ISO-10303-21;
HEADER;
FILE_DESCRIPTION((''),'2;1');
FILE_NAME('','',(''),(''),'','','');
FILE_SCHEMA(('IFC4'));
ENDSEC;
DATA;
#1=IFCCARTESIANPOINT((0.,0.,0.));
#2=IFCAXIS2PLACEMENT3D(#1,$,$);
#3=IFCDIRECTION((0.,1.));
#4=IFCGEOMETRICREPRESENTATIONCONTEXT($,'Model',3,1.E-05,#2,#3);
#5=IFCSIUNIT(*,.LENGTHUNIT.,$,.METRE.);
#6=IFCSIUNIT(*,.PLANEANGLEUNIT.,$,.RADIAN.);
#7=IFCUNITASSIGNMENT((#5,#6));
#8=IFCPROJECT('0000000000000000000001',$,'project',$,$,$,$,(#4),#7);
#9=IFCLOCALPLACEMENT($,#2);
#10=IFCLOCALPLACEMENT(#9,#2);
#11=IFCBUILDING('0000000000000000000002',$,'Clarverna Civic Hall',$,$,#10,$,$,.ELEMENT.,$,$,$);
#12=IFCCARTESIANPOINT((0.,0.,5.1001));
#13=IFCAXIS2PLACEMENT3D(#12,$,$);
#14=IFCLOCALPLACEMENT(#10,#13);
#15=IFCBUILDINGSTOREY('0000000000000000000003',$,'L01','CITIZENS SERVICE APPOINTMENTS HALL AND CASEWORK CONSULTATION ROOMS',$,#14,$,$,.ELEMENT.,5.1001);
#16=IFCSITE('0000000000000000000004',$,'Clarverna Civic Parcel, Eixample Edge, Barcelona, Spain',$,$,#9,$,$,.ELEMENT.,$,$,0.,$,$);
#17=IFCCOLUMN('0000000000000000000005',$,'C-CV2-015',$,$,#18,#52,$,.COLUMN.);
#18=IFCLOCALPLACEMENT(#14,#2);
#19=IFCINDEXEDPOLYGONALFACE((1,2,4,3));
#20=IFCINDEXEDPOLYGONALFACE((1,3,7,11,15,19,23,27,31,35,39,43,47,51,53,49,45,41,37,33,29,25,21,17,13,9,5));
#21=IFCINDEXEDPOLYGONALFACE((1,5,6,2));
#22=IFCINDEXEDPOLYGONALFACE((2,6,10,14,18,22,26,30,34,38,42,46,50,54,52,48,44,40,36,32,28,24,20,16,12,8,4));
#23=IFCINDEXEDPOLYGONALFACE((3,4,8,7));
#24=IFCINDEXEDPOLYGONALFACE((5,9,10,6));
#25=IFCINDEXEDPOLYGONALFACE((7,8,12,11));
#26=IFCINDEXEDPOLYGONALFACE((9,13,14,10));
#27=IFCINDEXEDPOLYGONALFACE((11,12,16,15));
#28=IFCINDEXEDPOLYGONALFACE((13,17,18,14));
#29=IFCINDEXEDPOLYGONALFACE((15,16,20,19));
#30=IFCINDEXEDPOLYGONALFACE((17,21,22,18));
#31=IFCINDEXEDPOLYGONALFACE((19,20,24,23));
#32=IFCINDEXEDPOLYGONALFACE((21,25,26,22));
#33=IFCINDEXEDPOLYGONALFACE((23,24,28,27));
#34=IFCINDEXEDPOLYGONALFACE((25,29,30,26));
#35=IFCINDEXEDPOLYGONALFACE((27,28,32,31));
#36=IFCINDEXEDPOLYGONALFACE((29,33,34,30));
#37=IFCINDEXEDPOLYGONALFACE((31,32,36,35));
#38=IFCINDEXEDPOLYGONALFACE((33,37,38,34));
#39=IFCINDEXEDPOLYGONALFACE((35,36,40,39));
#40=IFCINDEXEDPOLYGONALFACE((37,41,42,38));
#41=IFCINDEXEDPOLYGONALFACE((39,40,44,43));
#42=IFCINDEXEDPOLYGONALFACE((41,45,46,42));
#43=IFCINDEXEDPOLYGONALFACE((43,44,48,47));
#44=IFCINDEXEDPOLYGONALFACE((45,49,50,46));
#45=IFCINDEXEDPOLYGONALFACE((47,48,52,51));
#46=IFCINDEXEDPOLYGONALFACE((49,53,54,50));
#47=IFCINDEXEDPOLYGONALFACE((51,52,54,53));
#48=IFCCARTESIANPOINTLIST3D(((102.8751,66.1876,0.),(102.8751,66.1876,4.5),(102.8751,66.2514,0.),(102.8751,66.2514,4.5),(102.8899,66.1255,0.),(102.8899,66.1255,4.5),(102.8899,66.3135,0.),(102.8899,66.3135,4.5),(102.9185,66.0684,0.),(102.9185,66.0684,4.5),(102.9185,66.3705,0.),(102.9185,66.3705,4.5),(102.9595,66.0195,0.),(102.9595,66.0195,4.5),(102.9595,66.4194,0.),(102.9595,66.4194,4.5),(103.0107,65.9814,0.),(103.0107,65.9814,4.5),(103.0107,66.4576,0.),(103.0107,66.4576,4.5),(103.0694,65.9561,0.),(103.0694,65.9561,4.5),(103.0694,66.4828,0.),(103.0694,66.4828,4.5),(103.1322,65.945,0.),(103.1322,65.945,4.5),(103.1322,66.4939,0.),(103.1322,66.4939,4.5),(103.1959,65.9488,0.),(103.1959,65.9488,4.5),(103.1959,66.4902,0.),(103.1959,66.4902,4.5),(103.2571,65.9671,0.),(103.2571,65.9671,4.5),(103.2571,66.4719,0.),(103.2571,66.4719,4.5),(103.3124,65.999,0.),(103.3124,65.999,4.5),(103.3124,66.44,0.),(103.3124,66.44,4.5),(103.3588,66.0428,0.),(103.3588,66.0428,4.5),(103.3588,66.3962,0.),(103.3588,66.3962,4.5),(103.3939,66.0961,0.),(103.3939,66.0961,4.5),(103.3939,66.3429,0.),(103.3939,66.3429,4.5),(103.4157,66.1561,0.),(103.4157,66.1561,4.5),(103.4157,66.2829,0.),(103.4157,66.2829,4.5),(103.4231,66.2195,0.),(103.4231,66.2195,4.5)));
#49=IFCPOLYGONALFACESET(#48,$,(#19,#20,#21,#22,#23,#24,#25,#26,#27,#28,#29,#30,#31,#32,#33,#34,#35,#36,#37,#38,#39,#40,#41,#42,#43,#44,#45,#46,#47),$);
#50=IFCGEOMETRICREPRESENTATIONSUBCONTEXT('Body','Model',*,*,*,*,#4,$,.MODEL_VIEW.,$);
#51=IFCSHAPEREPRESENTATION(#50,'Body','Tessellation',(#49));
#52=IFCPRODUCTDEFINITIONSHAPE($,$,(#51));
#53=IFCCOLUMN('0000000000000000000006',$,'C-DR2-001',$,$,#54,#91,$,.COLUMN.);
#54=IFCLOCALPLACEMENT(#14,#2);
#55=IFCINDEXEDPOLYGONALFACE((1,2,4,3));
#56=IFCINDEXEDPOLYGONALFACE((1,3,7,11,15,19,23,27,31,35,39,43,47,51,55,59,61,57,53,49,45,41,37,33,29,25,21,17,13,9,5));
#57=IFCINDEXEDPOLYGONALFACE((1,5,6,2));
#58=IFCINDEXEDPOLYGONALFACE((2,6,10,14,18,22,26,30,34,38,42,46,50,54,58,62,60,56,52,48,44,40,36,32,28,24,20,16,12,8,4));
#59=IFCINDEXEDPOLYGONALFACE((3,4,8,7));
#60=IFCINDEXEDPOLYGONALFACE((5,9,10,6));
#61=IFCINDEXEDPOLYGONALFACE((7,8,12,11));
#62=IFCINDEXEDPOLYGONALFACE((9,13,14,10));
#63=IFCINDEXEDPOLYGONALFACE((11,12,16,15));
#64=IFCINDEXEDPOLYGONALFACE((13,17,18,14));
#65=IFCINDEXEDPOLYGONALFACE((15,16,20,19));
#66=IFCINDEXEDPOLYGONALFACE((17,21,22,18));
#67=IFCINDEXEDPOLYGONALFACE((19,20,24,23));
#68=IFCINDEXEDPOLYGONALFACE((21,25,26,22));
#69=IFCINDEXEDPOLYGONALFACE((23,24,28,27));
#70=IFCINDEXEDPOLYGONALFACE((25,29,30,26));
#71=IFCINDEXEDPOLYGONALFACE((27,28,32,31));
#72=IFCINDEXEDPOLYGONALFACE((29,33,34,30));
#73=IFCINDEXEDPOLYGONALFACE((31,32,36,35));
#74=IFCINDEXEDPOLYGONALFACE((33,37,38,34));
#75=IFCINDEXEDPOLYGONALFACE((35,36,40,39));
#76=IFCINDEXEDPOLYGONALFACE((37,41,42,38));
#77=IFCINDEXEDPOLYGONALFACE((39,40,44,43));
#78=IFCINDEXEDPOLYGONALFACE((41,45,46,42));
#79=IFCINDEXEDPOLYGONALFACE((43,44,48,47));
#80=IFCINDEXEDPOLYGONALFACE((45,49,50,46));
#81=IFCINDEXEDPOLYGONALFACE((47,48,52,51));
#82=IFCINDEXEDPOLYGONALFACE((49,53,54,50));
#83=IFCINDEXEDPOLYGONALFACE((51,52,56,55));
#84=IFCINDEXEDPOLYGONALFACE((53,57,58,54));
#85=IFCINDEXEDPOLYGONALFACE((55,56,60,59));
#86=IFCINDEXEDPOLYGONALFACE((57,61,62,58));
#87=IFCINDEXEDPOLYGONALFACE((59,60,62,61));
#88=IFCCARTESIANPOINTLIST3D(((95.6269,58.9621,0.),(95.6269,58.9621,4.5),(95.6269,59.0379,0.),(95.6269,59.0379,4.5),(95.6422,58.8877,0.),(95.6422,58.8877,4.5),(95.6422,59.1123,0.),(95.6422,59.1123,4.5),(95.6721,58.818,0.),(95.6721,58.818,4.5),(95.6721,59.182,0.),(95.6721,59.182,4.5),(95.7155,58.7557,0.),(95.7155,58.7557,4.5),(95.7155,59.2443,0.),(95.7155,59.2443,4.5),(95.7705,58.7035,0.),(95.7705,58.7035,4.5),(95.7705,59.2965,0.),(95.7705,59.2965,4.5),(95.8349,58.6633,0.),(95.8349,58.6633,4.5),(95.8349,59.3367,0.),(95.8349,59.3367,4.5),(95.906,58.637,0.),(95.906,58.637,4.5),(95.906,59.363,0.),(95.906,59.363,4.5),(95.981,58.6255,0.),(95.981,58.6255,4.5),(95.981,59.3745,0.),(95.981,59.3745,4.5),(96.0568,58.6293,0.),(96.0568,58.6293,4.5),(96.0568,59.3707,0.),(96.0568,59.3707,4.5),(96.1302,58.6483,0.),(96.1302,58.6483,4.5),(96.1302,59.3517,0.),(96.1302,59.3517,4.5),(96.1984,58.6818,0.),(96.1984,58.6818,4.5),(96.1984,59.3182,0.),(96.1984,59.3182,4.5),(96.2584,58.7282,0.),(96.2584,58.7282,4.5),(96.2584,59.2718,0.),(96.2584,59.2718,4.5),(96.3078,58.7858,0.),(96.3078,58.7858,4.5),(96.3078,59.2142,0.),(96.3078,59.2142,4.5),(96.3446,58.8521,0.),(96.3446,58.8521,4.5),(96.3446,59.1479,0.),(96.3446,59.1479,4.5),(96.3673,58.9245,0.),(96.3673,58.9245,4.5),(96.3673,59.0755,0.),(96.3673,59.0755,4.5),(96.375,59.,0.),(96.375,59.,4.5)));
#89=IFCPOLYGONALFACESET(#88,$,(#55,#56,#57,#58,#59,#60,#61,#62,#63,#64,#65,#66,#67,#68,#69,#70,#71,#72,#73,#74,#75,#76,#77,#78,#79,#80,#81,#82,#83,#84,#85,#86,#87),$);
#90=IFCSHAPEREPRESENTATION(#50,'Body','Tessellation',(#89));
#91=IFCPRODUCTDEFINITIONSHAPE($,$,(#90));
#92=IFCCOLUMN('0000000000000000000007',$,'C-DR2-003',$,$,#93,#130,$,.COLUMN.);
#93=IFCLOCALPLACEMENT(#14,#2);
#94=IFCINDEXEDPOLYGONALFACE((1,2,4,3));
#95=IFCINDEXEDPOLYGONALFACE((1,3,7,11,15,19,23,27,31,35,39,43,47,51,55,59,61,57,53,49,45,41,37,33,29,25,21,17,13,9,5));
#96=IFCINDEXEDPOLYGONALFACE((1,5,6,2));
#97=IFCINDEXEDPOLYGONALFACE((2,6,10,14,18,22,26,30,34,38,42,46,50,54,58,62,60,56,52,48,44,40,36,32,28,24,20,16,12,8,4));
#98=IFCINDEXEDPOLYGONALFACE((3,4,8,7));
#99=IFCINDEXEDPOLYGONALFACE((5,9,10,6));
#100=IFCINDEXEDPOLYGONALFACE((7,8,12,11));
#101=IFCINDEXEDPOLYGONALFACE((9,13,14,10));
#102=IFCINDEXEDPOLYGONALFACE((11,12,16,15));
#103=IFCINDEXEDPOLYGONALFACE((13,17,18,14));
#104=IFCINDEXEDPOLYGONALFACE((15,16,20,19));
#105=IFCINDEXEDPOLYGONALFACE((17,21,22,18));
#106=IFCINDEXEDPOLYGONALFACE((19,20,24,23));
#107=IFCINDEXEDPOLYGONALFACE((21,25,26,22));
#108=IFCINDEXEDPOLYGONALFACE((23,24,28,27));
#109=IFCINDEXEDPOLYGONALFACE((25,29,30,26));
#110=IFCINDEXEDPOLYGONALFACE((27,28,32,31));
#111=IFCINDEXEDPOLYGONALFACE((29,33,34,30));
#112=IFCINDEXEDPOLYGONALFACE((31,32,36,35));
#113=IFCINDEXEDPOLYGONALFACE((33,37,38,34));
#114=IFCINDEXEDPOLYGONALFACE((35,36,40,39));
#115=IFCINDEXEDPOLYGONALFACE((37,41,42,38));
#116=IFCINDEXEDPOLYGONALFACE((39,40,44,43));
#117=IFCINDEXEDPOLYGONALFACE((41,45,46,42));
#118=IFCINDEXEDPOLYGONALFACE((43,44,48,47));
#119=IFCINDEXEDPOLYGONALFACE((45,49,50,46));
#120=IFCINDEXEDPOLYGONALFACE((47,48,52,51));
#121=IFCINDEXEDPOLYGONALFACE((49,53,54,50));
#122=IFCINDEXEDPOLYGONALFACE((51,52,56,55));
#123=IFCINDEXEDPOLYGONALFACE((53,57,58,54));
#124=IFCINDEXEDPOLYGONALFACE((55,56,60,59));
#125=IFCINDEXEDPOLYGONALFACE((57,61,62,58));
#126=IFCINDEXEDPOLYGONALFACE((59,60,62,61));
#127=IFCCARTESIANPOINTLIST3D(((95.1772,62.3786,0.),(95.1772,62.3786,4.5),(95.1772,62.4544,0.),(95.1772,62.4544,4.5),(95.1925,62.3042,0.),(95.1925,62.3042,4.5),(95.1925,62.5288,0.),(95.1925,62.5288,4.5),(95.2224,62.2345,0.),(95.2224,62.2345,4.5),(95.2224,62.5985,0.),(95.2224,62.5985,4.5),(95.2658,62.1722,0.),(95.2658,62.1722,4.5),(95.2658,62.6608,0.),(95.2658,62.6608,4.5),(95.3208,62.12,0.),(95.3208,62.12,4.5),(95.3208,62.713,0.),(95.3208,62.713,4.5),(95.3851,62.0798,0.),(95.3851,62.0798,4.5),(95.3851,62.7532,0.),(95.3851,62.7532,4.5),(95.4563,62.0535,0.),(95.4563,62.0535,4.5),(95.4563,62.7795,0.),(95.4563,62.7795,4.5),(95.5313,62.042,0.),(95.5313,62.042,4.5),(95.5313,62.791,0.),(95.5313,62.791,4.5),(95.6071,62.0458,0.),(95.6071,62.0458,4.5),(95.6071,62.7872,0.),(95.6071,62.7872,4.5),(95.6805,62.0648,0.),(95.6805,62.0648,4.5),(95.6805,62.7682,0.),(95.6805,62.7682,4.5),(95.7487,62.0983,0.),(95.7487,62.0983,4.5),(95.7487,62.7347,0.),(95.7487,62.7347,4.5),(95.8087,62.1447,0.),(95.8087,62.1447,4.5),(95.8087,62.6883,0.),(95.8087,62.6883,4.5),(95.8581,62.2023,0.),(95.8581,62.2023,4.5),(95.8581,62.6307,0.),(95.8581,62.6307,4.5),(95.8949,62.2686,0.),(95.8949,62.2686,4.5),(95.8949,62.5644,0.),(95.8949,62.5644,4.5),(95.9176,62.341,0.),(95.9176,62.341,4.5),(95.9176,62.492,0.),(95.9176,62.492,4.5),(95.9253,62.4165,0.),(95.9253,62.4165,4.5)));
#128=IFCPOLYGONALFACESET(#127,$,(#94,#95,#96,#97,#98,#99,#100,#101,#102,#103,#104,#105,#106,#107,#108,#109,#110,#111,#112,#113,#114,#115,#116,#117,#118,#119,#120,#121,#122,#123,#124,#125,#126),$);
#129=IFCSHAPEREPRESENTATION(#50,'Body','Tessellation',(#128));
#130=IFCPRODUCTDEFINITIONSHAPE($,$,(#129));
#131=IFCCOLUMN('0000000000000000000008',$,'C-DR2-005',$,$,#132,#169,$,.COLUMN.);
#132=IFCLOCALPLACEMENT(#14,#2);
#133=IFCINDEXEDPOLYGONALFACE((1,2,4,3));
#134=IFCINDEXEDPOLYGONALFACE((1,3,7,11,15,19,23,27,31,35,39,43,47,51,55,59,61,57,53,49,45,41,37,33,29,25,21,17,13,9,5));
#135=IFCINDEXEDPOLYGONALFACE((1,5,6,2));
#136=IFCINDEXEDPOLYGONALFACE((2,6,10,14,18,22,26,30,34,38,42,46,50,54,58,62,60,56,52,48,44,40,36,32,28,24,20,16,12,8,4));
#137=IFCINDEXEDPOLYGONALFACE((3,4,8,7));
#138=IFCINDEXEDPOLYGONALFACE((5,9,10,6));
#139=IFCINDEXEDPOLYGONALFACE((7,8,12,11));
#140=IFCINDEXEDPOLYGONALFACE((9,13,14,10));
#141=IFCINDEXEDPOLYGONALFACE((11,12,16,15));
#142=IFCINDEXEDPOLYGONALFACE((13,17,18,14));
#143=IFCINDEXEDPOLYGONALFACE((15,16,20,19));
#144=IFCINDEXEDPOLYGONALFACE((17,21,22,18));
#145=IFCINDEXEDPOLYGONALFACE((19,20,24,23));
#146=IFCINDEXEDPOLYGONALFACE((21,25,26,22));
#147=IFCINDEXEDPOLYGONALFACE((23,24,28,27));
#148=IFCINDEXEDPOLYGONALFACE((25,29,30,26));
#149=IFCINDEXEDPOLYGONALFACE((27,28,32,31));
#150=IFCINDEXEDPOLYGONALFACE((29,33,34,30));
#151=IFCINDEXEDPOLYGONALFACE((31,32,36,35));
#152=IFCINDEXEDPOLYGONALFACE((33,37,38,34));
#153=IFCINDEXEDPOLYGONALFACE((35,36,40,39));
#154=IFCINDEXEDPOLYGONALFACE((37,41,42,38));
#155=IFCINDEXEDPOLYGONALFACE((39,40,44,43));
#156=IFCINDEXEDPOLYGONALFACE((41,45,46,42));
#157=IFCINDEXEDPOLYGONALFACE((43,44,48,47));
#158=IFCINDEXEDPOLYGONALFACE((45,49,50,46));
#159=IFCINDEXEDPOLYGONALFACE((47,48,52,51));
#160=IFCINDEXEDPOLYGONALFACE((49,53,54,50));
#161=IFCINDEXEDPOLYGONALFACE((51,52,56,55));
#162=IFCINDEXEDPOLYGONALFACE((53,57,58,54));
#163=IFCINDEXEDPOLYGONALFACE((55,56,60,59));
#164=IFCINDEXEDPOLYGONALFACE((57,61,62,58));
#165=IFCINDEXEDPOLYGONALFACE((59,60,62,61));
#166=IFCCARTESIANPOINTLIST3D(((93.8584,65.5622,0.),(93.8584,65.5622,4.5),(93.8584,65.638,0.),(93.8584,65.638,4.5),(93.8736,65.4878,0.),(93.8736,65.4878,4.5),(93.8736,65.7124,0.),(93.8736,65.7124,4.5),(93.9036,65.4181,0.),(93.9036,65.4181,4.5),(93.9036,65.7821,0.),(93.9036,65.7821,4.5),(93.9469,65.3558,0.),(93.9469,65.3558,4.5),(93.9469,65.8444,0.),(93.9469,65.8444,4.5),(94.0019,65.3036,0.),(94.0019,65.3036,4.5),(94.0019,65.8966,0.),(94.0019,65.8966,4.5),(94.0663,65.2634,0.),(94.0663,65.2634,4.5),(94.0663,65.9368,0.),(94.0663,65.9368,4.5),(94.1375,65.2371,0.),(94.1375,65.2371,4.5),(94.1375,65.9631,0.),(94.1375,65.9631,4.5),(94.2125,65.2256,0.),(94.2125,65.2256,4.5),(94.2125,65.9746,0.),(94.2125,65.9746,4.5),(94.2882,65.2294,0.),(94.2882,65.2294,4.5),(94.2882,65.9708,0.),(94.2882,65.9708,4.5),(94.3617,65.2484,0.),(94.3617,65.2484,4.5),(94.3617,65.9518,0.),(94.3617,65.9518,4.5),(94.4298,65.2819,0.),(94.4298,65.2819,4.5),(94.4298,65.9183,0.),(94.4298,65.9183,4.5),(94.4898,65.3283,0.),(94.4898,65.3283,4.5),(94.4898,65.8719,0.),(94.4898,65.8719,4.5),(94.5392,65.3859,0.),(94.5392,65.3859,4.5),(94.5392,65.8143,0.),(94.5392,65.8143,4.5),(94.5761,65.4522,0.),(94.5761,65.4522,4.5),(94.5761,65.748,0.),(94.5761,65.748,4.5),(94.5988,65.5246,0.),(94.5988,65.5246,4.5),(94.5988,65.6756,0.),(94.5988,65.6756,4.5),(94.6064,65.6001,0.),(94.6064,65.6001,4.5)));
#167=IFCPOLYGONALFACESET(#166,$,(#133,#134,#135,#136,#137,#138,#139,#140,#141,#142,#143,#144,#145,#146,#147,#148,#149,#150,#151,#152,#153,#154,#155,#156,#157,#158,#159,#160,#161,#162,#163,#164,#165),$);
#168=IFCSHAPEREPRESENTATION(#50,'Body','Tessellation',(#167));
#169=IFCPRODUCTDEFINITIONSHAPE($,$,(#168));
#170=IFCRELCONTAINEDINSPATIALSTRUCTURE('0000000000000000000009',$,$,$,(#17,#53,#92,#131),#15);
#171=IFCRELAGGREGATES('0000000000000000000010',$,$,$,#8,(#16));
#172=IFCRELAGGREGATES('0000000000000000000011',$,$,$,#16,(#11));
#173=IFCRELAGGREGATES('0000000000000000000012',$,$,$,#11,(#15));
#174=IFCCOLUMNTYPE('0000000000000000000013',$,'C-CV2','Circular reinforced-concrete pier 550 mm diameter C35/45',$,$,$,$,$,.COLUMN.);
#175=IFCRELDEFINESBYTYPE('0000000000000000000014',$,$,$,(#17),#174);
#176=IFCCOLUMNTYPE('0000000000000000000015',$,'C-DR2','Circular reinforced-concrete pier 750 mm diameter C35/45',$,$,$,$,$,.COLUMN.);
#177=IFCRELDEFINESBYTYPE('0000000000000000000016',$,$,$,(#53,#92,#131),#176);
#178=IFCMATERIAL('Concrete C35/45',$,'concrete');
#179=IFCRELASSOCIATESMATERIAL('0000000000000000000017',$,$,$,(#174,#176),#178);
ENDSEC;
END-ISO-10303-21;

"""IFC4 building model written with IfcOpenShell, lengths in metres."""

from ifc_helpers import new_model, si_unit, direction, frame, origin, origin_2d, place, context, subcontext, project, spatial, circle, extrude, material, material_profile, profile_set, type_object, element, save


model = new_model("IFC4")

# Units and contexts
model_context = context("Model", 3, precision=1e-05, world=origin(), true_north=direction((0.0, 1.0)))
body_context = subcontext(model_context, "Body", "Model", "MODEL_VIEW")
ifc_project = project(units=[si_unit("LENGTHUNIT", "METRE"), si_unit("PLANEANGLEUNIT", "RADIAN")], contexts=[model_context])

# Site, building, storey
site_placement = place(None, origin())
site = spatial("IfcSite", under=ifc_project, at=site_placement, Name="Clarverna Civic Parcel, Eixample Edge, Barcelona, Spain", CompositionType="ELEMENT", RefElevation=0.0)
building_placement = place(site_placement, origin())
building = spatial("IfcBuilding", under=site, at=building_placement, Name="Clarverna Civic Hall", CompositionType="ELEMENT")
storey_placement = place(building_placement, frame((0.0, 0.0, 5.1001)))
storey = spatial("IfcBuildingStorey", under=building, at=storey_placement, Name="L01", Description="CITIZENS SERVICE APPOINTMENTS HALL AND CASEWORK CONSULTATION ROOMS", CompositionType="ELEMENT", Elevation=5.1001)

# Columns
ifc_material_1 = material(Name="Concrete C35/45", Category="concrete")
ifc_material_profile_1 = material_profile(ifc_material_1, circle(Radius=0.2749, at=origin_2d()), Name="RC D550")
ifc_profile_set_1 = profile_set([ifc_material_profile_1], Name="Concrete C35/45")
column_type_1 = type_object("IfcColumnType", Name="C-CV2", Description="Circular reinforced-concrete pier 550 mm diameter C35/45", PredefinedType="COLUMN", material=ifc_profile_set_1)
column_placement = place(storey_placement, frame((103.1482, 66.2195, 0.0), z_axis=(0.0, 0.0, 1.0), x_axis=(1.0, 0.0, 0.0)))
element("IfcColumn", 1, at=column_placement, inside=storey, type_object=column_type_1, Name="C-CV2-015", PredefinedType="COLUMN", context=body_context, shape_type="SweptSolid", body=[
    extrude(circle(Radius=0.2749, at=origin_2d()), origin(), (0.0, 0.0, 1.0), 4.5),
])
ifc_material_profile_2 = material_profile(ifc_material_1, circle(Radius=0.375, at=origin_2d()), Name="RC D750")
ifc_profile_set_2 = profile_set([ifc_material_profile_2], Name="Concrete C35/45")
column_type_2 = type_object("IfcColumnType", Name="C-DR2", Description="Circular reinforced-concrete pier 750 mm diameter C35/45", PredefinedType="COLUMN", material=ifc_profile_set_2)
for number, where, z_axis, x_axis, name in (
    (2, (96.0, 59.0, 0.0), (0.0, 0.0, 1.0), (1.0, 0.0, 0.0), "C-DR2-001"),
    (3, (95.5503, 62.4165, 0.0), (0.0, 0.0, 1.0), (1.0, 0.0, 0.0), "C-DR2-003"),
    (4, (94.2314, 65.6001, 0.0), (0.0, 0.0, 1.0), (1.0, 0.0, 0.0), "C-DR2-005"),
):
    element("IfcColumn", number, at=place(storey_placement, frame(where, z_axis=z_axis, x_axis=x_axis)), inside=storey, type_object=column_type_2, Name=name, PredefinedType="COLUMN", context=body_context, shape_type="SweptSolid", body=[
        extrude(circle(Radius=0.375, at=origin_2d()), origin(), (0.0, 0.0, 1.0), 4.5),
    ])

save(model, "model.ifc")
